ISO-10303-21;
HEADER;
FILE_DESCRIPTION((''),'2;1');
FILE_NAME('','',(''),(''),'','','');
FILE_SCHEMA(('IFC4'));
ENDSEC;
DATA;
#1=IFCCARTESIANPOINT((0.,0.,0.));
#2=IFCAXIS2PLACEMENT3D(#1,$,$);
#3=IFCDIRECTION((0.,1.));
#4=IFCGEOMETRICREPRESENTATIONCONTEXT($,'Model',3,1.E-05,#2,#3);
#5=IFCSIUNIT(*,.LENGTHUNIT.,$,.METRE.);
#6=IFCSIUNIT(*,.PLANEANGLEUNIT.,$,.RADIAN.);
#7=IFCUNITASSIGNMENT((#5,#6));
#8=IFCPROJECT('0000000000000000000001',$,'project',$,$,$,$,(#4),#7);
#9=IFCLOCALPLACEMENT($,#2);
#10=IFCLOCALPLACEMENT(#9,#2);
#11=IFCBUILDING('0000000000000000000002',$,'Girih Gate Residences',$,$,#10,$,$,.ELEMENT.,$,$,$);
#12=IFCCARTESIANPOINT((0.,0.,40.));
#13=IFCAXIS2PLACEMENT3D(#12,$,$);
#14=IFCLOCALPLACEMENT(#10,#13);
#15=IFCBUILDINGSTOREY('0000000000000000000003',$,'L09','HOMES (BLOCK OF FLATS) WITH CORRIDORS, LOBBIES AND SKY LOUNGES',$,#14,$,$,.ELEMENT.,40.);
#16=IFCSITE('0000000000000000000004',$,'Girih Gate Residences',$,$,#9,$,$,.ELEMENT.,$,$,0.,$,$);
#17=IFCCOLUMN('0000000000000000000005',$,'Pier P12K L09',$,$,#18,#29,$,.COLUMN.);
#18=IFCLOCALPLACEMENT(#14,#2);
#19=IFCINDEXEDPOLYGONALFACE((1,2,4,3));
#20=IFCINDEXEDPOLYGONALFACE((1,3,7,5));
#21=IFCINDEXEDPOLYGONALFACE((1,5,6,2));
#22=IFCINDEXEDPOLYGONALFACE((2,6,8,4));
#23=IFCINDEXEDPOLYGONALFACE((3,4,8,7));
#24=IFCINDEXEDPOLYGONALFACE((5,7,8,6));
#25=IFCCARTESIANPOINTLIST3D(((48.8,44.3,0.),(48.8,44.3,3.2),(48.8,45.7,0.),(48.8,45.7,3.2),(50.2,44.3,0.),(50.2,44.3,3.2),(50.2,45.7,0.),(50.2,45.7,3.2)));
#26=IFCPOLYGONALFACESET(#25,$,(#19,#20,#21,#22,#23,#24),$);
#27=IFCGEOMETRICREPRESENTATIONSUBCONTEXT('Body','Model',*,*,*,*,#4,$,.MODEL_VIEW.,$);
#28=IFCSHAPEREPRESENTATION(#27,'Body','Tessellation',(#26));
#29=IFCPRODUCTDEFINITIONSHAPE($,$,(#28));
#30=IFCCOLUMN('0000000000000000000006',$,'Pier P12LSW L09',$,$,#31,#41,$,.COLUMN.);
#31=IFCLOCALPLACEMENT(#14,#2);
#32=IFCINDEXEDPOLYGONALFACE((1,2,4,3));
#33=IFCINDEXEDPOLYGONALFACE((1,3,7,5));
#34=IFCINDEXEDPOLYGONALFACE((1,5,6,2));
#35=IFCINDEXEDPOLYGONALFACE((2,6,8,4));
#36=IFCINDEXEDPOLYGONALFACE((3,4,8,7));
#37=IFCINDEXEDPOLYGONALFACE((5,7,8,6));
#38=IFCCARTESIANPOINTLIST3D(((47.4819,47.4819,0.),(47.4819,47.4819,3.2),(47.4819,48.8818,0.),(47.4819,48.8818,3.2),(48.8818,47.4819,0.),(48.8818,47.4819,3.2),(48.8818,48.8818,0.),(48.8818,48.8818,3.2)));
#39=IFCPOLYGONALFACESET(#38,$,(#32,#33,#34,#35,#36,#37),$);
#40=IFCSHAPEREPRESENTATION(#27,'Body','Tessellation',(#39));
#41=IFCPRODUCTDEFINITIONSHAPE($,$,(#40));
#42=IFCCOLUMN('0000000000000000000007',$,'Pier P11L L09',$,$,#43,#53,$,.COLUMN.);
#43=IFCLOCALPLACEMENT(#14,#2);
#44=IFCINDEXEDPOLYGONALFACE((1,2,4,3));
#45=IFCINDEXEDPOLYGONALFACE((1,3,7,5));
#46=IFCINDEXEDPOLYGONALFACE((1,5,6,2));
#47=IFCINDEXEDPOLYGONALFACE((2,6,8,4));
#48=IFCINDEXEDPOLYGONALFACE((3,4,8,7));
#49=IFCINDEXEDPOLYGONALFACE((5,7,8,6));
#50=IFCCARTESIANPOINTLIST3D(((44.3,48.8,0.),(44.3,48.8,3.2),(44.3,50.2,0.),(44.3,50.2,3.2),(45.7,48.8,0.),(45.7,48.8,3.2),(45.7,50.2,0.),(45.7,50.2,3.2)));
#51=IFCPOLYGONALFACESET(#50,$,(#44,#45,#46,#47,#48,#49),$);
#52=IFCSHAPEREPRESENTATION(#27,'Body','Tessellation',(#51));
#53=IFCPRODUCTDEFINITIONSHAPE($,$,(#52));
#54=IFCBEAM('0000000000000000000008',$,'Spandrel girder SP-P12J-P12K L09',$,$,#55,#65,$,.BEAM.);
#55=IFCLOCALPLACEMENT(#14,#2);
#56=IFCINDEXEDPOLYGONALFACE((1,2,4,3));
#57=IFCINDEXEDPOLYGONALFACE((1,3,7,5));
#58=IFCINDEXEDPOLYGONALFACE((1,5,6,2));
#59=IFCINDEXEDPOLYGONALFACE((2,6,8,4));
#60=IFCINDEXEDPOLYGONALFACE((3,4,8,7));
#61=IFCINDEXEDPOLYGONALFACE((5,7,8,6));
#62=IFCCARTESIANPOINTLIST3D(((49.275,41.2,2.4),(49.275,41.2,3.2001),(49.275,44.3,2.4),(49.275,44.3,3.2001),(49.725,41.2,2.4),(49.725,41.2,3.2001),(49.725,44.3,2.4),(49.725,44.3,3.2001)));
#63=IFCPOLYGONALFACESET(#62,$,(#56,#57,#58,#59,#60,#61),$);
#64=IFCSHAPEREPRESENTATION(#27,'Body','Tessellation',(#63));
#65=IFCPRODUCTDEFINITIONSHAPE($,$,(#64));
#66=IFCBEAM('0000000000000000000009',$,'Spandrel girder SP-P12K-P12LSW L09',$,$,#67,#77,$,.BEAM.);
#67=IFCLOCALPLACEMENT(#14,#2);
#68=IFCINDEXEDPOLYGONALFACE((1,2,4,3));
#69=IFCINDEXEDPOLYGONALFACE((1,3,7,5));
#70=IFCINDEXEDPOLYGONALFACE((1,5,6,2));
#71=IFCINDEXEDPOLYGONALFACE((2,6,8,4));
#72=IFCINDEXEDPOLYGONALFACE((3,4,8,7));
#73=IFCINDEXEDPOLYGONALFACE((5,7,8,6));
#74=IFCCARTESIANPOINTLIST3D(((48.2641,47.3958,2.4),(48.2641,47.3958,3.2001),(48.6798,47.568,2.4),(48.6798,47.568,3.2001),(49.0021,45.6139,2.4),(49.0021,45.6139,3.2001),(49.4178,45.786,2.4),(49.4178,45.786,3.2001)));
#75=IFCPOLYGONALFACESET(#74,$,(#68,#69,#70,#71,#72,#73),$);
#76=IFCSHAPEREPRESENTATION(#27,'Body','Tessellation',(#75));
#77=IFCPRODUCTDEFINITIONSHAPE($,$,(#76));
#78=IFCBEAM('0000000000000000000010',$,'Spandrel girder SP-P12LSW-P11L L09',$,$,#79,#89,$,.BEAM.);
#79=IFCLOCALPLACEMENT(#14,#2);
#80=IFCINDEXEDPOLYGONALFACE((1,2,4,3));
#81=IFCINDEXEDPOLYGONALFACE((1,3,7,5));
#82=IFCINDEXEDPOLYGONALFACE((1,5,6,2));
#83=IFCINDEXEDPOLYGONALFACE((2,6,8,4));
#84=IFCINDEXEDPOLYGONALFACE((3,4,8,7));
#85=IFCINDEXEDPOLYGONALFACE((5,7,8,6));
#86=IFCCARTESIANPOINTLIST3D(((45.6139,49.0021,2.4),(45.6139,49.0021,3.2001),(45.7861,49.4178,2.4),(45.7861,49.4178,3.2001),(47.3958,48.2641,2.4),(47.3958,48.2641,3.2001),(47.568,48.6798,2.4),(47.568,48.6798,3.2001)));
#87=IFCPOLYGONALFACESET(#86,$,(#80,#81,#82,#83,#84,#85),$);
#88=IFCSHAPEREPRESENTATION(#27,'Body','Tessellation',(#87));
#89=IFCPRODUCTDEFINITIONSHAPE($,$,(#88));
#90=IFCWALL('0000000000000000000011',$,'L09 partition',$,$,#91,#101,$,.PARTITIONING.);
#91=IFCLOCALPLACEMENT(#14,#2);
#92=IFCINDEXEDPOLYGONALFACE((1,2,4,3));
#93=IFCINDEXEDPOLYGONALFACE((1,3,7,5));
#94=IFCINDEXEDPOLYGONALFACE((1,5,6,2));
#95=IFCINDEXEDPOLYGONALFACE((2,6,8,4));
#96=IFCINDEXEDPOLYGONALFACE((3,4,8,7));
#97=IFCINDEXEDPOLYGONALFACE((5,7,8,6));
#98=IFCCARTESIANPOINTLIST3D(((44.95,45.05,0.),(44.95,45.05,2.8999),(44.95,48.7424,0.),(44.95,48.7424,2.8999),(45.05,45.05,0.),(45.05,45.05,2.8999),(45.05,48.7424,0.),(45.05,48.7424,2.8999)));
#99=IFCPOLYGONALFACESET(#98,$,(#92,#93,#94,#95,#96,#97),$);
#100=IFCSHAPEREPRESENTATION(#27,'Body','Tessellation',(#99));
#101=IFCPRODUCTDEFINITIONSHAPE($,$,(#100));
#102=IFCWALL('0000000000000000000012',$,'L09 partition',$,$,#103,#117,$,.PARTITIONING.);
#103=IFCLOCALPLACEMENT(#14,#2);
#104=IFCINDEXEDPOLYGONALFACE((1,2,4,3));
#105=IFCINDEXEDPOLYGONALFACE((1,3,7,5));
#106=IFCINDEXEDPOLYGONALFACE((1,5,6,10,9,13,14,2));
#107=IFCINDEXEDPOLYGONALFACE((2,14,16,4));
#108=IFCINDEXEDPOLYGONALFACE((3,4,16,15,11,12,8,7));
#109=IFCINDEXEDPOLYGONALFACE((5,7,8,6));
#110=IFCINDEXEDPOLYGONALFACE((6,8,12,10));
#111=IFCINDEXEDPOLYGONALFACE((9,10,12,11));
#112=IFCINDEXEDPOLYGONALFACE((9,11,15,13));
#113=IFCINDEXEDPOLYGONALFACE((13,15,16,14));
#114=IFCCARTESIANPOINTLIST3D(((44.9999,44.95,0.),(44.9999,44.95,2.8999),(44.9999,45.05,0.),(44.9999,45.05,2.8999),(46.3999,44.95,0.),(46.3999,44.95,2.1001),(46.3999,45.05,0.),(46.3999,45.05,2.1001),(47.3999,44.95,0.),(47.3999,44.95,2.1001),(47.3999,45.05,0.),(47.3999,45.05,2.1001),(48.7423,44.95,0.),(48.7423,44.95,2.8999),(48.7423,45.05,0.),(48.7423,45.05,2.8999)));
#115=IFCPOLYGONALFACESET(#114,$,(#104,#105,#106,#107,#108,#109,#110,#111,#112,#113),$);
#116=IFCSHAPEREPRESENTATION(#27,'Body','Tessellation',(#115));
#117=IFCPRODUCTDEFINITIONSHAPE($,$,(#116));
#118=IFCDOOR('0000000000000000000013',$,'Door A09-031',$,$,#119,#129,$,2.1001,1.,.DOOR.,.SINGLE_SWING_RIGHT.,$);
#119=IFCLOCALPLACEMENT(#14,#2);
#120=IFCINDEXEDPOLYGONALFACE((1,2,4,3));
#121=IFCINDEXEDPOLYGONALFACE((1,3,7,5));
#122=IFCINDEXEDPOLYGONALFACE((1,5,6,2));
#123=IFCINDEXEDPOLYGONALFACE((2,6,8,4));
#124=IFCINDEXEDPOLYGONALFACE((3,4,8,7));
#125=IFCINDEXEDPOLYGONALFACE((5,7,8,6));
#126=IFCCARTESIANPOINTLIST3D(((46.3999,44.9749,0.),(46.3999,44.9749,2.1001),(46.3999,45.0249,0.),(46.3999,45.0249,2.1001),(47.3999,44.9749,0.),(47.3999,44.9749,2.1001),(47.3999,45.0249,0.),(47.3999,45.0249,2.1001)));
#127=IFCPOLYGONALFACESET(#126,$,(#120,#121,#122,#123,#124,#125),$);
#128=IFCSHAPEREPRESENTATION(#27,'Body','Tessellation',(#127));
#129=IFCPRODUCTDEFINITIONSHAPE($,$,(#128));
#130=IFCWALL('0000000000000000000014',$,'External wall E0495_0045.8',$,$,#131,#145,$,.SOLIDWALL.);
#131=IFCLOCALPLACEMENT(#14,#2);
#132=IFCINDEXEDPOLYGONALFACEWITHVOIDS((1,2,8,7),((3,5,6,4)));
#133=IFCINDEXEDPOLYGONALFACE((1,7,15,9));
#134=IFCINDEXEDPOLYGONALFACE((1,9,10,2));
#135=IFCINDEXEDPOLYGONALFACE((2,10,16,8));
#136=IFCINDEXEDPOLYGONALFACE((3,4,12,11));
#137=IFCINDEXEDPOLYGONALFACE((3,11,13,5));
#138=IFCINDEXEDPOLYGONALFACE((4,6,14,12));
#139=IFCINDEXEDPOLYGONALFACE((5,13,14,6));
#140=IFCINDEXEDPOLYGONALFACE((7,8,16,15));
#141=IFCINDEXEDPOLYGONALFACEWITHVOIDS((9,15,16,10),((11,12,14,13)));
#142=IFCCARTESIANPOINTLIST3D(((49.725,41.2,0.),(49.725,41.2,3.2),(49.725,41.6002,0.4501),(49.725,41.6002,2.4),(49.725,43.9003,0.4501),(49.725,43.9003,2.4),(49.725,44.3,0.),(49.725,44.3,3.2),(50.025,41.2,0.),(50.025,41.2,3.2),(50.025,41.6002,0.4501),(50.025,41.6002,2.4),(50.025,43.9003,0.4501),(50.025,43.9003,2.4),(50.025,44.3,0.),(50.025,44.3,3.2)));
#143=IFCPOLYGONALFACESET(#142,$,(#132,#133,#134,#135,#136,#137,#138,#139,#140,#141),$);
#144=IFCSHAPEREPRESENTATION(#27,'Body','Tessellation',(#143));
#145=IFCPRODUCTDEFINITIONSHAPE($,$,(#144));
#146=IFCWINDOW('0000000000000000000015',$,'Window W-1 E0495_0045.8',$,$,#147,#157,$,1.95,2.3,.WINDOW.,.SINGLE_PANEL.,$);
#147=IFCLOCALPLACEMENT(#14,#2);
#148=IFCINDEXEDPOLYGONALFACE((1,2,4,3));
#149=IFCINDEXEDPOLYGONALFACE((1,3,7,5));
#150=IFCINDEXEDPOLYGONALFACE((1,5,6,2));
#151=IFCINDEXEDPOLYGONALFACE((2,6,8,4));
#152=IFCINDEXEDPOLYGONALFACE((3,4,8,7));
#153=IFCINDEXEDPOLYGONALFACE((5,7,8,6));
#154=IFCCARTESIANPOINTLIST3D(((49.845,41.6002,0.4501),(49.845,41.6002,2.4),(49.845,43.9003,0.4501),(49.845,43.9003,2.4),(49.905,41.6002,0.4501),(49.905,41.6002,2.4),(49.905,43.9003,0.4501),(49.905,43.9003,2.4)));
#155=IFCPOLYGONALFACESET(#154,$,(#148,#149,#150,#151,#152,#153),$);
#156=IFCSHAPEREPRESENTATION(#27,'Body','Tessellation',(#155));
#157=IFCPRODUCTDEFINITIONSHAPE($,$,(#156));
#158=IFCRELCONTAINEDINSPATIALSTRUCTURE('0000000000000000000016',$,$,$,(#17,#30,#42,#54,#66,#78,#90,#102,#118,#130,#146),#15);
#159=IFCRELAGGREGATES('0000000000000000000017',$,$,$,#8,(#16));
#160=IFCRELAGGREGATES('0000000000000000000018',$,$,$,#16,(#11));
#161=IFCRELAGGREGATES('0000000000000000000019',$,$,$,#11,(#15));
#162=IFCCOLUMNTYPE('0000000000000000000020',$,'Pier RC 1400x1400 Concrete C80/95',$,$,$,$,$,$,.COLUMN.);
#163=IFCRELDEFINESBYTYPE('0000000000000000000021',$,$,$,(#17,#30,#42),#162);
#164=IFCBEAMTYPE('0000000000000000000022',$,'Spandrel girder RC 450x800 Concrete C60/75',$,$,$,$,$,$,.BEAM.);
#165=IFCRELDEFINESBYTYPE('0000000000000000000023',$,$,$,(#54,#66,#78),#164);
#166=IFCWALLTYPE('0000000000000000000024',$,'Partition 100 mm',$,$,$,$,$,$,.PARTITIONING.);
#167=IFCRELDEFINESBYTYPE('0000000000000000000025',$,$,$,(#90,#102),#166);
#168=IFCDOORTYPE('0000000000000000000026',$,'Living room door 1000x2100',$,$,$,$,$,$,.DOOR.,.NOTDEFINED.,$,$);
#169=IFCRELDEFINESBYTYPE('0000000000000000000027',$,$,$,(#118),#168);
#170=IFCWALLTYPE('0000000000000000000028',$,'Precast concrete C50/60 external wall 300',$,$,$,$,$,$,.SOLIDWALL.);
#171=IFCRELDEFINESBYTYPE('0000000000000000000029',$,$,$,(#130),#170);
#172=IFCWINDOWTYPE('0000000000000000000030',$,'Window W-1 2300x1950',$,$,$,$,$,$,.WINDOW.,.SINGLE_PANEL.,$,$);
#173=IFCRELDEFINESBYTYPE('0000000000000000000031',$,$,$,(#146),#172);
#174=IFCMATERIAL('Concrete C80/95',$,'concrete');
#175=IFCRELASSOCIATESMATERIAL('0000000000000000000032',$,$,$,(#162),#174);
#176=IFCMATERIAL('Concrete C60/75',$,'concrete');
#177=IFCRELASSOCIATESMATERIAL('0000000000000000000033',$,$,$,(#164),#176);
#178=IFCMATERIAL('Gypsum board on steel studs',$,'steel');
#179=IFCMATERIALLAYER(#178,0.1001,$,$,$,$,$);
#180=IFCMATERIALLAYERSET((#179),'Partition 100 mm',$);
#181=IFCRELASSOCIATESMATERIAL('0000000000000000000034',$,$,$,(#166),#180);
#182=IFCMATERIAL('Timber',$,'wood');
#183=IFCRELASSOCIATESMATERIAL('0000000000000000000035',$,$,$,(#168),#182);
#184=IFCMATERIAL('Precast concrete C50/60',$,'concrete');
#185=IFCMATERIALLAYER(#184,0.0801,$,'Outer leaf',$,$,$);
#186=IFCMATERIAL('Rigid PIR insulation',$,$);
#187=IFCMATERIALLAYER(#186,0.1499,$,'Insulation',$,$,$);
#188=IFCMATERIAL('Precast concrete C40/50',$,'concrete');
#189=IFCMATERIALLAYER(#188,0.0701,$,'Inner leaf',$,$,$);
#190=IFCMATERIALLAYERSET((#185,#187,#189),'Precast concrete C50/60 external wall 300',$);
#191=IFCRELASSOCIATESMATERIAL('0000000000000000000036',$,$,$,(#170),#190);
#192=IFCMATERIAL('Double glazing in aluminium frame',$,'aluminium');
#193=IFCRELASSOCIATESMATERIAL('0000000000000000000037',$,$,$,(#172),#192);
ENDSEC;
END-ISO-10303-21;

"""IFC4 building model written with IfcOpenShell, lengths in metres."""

from ifc_helpers import new_model, si_unit, direction, frame, frame_2d, origin, origin_2d, place, context, subcontext, project, spatial, rectangle, extrude, material, layer, layer_set, material_profile, profile_set, type_object, element, fill, save


model = new_model("IFC4")

# Units and contexts
model_context = context("Model", 3, precision=1e-05, world=origin(), true_north=direction((0.0, 1.0)))
body_context = subcontext(model_context, "Body", "Model", "MODEL_VIEW")
ifc_project = project(units=[si_unit("LENGTHUNIT", "METRE"), si_unit("PLANEANGLEUNIT", "RADIAN")], contexts=[model_context])

# Site, building, storey
site_placement = place(None, origin())
site = spatial("IfcSite", under=ifc_project, at=site_placement, Name="Girih Gate Residences", CompositionType="ELEMENT", RefElevation=0.0)
building_placement = place(site_placement, origin())
building = spatial("IfcBuilding", under=site, at=building_placement, Name="Girih Gate Residences", CompositionType="ELEMENT")
storey_placement = place(building_placement, frame((0.0, 0.0, 40.0)))
storey = spatial("IfcBuildingStorey", under=building, at=storey_placement, Name="L09", Description="HOMES (BLOCK OF FLATS) WITH CORRIDORS, LOBBIES AND SKY LOUNGES", CompositionType="ELEMENT", Elevation=40.0)

# Columns
ifc_material_1 = material(Name="Concrete C80/95", Category="concrete")
ifc_material_profile_1 = material_profile(ifc_material_1, rectangle(XDim=1.3999, YDim=1.3999, at=origin_2d()))
ifc_profile_set_1 = profile_set([ifc_material_profile_1], Name="Concrete C80/95")
column_type = type_object("IfcColumnType", Name="Pier RC 1400x1400 Concrete C80/95", PredefinedType="COLUMN", material=ifc_profile_set_1)
for number, where, z_axis, x_axis, name in (
    (1, (49.5, 45.0, 0.0), (0.0, 0.0, 1.0), (1.0, 0.0, 0.0), "Pier P12K L09"),
    (2, (48.1819, 48.1819, 0.0), (0.0, 0.0, 1.0), (1.0, 0.0, 0.0), "Pier P12LSW L09"),
    (3, (45.0, 49.5, 0.0), (0.0, 0.0, 1.0), (1.0, 0.0, 0.0), "Pier P11L L09"),
):
    element("IfcColumn", number, at=place(storey_placement, frame(where, z_axis=z_axis, x_axis=x_axis)), inside=storey, type_object=column_type, Name=name, PredefinedType="COLUMN", context=body_context, shape_type="SweptSolid", body=[
        extrude(rectangle(XDim=1.3999, YDim=1.3999, at=origin_2d()), origin(), (0.0, 0.0, 1.0), 3.2),
    ])

# Beams
ifc_material_2 = material(Name="Concrete C60/75", Category="concrete")
ifc_material_profile_2 = material_profile(ifc_material_2, rectangle(XDim=0.45, YDim=0.8, at=origin_2d()))
ifc_profile_set_2 = profile_set([ifc_material_profile_2], Name="Concrete C60/75")
beam_type = type_object("IfcBeamType", Name="Spandrel girder RC 450x800 Concrete C60/75", PredefinedType="BEAM", material=ifc_profile_set_2)
beam_placement = place(storey_placement, frame((49.5, 41.2, 2.8), z_axis=(0.0, 1.0, 0.0), x_axis=(-1.0, 0.0, 0.0)))
element("IfcBeam", 4, at=beam_placement, inside=storey, type_object=beam_type, Name="Spandrel girder SP-P12J-P12K L09", PredefinedType="BEAM", context=body_context, shape_type="SweptSolid", body=[
    extrude(rectangle(XDim=0.45, YDim=0.8, at=origin_2d()), origin(), (0.0, 0.0, 1.0), 3.1001),
])
for number, where, z_axis, x_axis, name in (
    (5, (49.21, 45.7, 2.8), (-0.382646, 0.923895, 0.0), (-0.923895, -0.382646, 0.0), "Spandrel girder SP-P12K-P12LSW L09"),
    (6, (47.4819, 48.4719, 2.8), (-0.923895, 0.382646, 0.0), (-0.382646, -0.923895, 0.0), "Spandrel girder SP-P12LSW-P11L L09"),
):
    element("IfcBeam", number, at=place(storey_placement, frame(where, z_axis=z_axis, x_axis=x_axis)), inside=storey, type_object=beam_type, Name=name, PredefinedType="BEAM", context=body_context, shape_type="SweptSolid", body=[
        extrude(rectangle(XDim=0.45, YDim=0.8, at=origin_2d()), origin(), (0.0, 0.0, 1.0), 1.9287),
    ])

# Wall
ifc_material_3 = material(Name="Gypsum board on steel studs", Category="steel")
ifc_layer_1 = layer(ifc_material_3, 0.1001)
ifc_layer_set_1 = layer_set([ifc_layer_1], Name="Partition 100 mm")
wall_type_1 = type_object("IfcWallType", Name="Partition 100 mm", PredefinedType="PARTITIONING", material=ifc_layer_set_1)
wall_1_placement = place(storey_placement, frame((45.0, 45.05, 0.0), z_axis=(0.0, 0.0, 1.0), x_axis=(0.0, 1.0, 0.0)))
element("IfcWall", 7, at=wall_1_placement, inside=storey, type_object=wall_type_1, Name="L09 partition", PredefinedType="PARTITIONING", context=body_context, shape_type="SweptSolid", body=[
    extrude(rectangle(XDim=3.6924, YDim=0.1001, at=frame_2d((1.8462, 0.0))), origin(), (0.0, 0.0, 1.0), 2.8999),
])

# Wall, opening, door
wall_2_placement = place(storey_placement, frame((45.0, 45.0, 0.0), z_axis=(0.0, 0.0, 1.0), x_axis=(1.0, 0.0, 0.0)))
wall_2 = element("IfcWall", 8, at=wall_2_placement, inside=storey, type_object=wall_type_1, Name="L09 partition", PredefinedType="PARTITIONING", context=body_context, shape_type="SweptSolid", body=[
    extrude(rectangle(XDim=3.7424, YDim=0.1001, at=frame_2d((1.8711, 0.0))), origin(), (0.0, 0.0, 1.0), 2.8999),
])
opening_1_placement = place(wall_2_placement, frame((1.3999, 0.0, 0.0)))
opening_1 = element("IfcOpeningElement", 9, at=opening_1_placement, cuts=wall_2, PredefinedType="OPENING", context=body_context, shape_type="SweptSolid", body=[
    extrude(rectangle(XDim=1.0, YDim=2.1001, at=frame_2d((0.5, 1.05))), frame((0.0, 0.0601, 0.0), z_axis=(0.0, -1.0, 0.0), x_axis=(1.0, 0.0, 0.0)), (0.0, 0.0, 1.0), 0.1201),
])
ifc_material_4 = material(Name="Timber", Category="wood")
door_type = type_object("IfcDoorType", Name="Living room door 1000x2100", OperationType="NOTDEFINED", PredefinedType="DOOR", material=ifc_material_4)
door_placement = place(opening_1_placement, origin())
door = element("IfcDoor", 10, at=door_placement, inside=storey, type_object=door_type, Name="Door A09-031", OperationType="SINGLE_SWING_RIGHT", OverallHeight=2.1001, OverallWidth=1.0, PredefinedType="DOOR", context=body_context, shape_type="SweptSolid", body=[
    extrude(rectangle(XDim=1.0, YDim=2.1001, at=frame_2d((0.5, 1.05))), frame((0.0, 0.0249, 0.0), z_axis=(0.0, -1.0, 0.0), x_axis=(1.0, 0.0, 0.0)), (0.0, 0.0, 1.0), 0.05),
])
fill(opening_1, door)

# Wall, opening, window
ifc_material_5 = material(Name="Precast concrete C50/60", Category="concrete")
ifc_layer_2 = layer(ifc_material_5, 0.0801, Name="Outer leaf")
ifc_material_6 = material(Name="Rigid PIR insulation")
ifc_layer_3 = layer(ifc_material_6, 0.1499, Name="Insulation")
ifc_material_7 = material(Name="Precast concrete C40/50", Category="concrete")
ifc_layer_4 = layer(ifc_material_7, 0.0701, Name="Inner leaf")
ifc_layer_set_2 = layer_set([ifc_layer_2, ifc_layer_3, ifc_layer_4], Name="Precast concrete C50/60 external wall 300")
wall_type_2 = type_object("IfcWallType", Name="Precast concrete C50/60 external wall 300", PredefinedType="SOLIDWALL", material=ifc_layer_set_2)
wall_3_placement = place(storey_placement, frame((49.875, 44.3, 0.0), z_axis=(0.0, 0.0, 1.0), x_axis=(0.0, -1.0, 0.0)))
wall_3 = element("IfcWall", 11, at=wall_3_placement, inside=storey, type_object=wall_type_2, Name="External wall E0495_0045.8", PredefinedType="SOLIDWALL", context=body_context, shape_type="SweptSolid", body=[
    extrude(rectangle(XDim=3.1001, YDim=0.3, at=frame_2d((1.55, 0.0))), origin(), (0.0, 0.0, 1.0), 3.2),
])
opening_2_placement = place(wall_3_placement, frame((0.3999, 0.0, 0.45)))
opening_2 = element("IfcOpeningElement", 12, at=opening_2_placement, cuts=wall_3, PredefinedType="OPENING", context=body_context, shape_type="SweptSolid", body=[
    extrude(rectangle(XDim=2.3, YDim=1.95, at=frame_2d((1.1499, 0.9751))), frame((0.0, 0.1599, 0.0), z_axis=(0.0, -1.0, 0.0), x_axis=(1.0, 0.0, 0.0)), (0.0, 0.0, 1.0), 0.3201),
])
ifc_material_8 = material(Name="Double glazing in aluminium frame", Category="aluminium")
window_type_1 = type_object("IfcWindowType", Name="Window W-1 2300x1950", PartitioningType="SINGLE_PANEL", PredefinedType="WINDOW", material=ifc_material_8)
window_1_placement = place(opening_2_placement, origin())
window_1 = element("IfcWindow", 13, at=window_1_placement, inside=storey, type_object=window_type_1, Name="Window W-1 E0495_0045.8", OverallHeight=1.95, OverallWidth=2.3, PartitioningType="SINGLE_PANEL", PredefinedType="WINDOW", context=body_context, shape_type="SweptSolid", body=[
    extrude(rectangle(XDim=2.3, YDim=1.95, at=frame_2d((1.1499, 0.9751))), frame((0.0, 0.03, 0.0), z_axis=(0.0, -1.0, 0.0), x_axis=(1.0, 0.0, 0.0)), (0.0, 0.0, 1.0), 0.0601),
])
fill(opening_2, window_1)

save(model, "model.ifc")
